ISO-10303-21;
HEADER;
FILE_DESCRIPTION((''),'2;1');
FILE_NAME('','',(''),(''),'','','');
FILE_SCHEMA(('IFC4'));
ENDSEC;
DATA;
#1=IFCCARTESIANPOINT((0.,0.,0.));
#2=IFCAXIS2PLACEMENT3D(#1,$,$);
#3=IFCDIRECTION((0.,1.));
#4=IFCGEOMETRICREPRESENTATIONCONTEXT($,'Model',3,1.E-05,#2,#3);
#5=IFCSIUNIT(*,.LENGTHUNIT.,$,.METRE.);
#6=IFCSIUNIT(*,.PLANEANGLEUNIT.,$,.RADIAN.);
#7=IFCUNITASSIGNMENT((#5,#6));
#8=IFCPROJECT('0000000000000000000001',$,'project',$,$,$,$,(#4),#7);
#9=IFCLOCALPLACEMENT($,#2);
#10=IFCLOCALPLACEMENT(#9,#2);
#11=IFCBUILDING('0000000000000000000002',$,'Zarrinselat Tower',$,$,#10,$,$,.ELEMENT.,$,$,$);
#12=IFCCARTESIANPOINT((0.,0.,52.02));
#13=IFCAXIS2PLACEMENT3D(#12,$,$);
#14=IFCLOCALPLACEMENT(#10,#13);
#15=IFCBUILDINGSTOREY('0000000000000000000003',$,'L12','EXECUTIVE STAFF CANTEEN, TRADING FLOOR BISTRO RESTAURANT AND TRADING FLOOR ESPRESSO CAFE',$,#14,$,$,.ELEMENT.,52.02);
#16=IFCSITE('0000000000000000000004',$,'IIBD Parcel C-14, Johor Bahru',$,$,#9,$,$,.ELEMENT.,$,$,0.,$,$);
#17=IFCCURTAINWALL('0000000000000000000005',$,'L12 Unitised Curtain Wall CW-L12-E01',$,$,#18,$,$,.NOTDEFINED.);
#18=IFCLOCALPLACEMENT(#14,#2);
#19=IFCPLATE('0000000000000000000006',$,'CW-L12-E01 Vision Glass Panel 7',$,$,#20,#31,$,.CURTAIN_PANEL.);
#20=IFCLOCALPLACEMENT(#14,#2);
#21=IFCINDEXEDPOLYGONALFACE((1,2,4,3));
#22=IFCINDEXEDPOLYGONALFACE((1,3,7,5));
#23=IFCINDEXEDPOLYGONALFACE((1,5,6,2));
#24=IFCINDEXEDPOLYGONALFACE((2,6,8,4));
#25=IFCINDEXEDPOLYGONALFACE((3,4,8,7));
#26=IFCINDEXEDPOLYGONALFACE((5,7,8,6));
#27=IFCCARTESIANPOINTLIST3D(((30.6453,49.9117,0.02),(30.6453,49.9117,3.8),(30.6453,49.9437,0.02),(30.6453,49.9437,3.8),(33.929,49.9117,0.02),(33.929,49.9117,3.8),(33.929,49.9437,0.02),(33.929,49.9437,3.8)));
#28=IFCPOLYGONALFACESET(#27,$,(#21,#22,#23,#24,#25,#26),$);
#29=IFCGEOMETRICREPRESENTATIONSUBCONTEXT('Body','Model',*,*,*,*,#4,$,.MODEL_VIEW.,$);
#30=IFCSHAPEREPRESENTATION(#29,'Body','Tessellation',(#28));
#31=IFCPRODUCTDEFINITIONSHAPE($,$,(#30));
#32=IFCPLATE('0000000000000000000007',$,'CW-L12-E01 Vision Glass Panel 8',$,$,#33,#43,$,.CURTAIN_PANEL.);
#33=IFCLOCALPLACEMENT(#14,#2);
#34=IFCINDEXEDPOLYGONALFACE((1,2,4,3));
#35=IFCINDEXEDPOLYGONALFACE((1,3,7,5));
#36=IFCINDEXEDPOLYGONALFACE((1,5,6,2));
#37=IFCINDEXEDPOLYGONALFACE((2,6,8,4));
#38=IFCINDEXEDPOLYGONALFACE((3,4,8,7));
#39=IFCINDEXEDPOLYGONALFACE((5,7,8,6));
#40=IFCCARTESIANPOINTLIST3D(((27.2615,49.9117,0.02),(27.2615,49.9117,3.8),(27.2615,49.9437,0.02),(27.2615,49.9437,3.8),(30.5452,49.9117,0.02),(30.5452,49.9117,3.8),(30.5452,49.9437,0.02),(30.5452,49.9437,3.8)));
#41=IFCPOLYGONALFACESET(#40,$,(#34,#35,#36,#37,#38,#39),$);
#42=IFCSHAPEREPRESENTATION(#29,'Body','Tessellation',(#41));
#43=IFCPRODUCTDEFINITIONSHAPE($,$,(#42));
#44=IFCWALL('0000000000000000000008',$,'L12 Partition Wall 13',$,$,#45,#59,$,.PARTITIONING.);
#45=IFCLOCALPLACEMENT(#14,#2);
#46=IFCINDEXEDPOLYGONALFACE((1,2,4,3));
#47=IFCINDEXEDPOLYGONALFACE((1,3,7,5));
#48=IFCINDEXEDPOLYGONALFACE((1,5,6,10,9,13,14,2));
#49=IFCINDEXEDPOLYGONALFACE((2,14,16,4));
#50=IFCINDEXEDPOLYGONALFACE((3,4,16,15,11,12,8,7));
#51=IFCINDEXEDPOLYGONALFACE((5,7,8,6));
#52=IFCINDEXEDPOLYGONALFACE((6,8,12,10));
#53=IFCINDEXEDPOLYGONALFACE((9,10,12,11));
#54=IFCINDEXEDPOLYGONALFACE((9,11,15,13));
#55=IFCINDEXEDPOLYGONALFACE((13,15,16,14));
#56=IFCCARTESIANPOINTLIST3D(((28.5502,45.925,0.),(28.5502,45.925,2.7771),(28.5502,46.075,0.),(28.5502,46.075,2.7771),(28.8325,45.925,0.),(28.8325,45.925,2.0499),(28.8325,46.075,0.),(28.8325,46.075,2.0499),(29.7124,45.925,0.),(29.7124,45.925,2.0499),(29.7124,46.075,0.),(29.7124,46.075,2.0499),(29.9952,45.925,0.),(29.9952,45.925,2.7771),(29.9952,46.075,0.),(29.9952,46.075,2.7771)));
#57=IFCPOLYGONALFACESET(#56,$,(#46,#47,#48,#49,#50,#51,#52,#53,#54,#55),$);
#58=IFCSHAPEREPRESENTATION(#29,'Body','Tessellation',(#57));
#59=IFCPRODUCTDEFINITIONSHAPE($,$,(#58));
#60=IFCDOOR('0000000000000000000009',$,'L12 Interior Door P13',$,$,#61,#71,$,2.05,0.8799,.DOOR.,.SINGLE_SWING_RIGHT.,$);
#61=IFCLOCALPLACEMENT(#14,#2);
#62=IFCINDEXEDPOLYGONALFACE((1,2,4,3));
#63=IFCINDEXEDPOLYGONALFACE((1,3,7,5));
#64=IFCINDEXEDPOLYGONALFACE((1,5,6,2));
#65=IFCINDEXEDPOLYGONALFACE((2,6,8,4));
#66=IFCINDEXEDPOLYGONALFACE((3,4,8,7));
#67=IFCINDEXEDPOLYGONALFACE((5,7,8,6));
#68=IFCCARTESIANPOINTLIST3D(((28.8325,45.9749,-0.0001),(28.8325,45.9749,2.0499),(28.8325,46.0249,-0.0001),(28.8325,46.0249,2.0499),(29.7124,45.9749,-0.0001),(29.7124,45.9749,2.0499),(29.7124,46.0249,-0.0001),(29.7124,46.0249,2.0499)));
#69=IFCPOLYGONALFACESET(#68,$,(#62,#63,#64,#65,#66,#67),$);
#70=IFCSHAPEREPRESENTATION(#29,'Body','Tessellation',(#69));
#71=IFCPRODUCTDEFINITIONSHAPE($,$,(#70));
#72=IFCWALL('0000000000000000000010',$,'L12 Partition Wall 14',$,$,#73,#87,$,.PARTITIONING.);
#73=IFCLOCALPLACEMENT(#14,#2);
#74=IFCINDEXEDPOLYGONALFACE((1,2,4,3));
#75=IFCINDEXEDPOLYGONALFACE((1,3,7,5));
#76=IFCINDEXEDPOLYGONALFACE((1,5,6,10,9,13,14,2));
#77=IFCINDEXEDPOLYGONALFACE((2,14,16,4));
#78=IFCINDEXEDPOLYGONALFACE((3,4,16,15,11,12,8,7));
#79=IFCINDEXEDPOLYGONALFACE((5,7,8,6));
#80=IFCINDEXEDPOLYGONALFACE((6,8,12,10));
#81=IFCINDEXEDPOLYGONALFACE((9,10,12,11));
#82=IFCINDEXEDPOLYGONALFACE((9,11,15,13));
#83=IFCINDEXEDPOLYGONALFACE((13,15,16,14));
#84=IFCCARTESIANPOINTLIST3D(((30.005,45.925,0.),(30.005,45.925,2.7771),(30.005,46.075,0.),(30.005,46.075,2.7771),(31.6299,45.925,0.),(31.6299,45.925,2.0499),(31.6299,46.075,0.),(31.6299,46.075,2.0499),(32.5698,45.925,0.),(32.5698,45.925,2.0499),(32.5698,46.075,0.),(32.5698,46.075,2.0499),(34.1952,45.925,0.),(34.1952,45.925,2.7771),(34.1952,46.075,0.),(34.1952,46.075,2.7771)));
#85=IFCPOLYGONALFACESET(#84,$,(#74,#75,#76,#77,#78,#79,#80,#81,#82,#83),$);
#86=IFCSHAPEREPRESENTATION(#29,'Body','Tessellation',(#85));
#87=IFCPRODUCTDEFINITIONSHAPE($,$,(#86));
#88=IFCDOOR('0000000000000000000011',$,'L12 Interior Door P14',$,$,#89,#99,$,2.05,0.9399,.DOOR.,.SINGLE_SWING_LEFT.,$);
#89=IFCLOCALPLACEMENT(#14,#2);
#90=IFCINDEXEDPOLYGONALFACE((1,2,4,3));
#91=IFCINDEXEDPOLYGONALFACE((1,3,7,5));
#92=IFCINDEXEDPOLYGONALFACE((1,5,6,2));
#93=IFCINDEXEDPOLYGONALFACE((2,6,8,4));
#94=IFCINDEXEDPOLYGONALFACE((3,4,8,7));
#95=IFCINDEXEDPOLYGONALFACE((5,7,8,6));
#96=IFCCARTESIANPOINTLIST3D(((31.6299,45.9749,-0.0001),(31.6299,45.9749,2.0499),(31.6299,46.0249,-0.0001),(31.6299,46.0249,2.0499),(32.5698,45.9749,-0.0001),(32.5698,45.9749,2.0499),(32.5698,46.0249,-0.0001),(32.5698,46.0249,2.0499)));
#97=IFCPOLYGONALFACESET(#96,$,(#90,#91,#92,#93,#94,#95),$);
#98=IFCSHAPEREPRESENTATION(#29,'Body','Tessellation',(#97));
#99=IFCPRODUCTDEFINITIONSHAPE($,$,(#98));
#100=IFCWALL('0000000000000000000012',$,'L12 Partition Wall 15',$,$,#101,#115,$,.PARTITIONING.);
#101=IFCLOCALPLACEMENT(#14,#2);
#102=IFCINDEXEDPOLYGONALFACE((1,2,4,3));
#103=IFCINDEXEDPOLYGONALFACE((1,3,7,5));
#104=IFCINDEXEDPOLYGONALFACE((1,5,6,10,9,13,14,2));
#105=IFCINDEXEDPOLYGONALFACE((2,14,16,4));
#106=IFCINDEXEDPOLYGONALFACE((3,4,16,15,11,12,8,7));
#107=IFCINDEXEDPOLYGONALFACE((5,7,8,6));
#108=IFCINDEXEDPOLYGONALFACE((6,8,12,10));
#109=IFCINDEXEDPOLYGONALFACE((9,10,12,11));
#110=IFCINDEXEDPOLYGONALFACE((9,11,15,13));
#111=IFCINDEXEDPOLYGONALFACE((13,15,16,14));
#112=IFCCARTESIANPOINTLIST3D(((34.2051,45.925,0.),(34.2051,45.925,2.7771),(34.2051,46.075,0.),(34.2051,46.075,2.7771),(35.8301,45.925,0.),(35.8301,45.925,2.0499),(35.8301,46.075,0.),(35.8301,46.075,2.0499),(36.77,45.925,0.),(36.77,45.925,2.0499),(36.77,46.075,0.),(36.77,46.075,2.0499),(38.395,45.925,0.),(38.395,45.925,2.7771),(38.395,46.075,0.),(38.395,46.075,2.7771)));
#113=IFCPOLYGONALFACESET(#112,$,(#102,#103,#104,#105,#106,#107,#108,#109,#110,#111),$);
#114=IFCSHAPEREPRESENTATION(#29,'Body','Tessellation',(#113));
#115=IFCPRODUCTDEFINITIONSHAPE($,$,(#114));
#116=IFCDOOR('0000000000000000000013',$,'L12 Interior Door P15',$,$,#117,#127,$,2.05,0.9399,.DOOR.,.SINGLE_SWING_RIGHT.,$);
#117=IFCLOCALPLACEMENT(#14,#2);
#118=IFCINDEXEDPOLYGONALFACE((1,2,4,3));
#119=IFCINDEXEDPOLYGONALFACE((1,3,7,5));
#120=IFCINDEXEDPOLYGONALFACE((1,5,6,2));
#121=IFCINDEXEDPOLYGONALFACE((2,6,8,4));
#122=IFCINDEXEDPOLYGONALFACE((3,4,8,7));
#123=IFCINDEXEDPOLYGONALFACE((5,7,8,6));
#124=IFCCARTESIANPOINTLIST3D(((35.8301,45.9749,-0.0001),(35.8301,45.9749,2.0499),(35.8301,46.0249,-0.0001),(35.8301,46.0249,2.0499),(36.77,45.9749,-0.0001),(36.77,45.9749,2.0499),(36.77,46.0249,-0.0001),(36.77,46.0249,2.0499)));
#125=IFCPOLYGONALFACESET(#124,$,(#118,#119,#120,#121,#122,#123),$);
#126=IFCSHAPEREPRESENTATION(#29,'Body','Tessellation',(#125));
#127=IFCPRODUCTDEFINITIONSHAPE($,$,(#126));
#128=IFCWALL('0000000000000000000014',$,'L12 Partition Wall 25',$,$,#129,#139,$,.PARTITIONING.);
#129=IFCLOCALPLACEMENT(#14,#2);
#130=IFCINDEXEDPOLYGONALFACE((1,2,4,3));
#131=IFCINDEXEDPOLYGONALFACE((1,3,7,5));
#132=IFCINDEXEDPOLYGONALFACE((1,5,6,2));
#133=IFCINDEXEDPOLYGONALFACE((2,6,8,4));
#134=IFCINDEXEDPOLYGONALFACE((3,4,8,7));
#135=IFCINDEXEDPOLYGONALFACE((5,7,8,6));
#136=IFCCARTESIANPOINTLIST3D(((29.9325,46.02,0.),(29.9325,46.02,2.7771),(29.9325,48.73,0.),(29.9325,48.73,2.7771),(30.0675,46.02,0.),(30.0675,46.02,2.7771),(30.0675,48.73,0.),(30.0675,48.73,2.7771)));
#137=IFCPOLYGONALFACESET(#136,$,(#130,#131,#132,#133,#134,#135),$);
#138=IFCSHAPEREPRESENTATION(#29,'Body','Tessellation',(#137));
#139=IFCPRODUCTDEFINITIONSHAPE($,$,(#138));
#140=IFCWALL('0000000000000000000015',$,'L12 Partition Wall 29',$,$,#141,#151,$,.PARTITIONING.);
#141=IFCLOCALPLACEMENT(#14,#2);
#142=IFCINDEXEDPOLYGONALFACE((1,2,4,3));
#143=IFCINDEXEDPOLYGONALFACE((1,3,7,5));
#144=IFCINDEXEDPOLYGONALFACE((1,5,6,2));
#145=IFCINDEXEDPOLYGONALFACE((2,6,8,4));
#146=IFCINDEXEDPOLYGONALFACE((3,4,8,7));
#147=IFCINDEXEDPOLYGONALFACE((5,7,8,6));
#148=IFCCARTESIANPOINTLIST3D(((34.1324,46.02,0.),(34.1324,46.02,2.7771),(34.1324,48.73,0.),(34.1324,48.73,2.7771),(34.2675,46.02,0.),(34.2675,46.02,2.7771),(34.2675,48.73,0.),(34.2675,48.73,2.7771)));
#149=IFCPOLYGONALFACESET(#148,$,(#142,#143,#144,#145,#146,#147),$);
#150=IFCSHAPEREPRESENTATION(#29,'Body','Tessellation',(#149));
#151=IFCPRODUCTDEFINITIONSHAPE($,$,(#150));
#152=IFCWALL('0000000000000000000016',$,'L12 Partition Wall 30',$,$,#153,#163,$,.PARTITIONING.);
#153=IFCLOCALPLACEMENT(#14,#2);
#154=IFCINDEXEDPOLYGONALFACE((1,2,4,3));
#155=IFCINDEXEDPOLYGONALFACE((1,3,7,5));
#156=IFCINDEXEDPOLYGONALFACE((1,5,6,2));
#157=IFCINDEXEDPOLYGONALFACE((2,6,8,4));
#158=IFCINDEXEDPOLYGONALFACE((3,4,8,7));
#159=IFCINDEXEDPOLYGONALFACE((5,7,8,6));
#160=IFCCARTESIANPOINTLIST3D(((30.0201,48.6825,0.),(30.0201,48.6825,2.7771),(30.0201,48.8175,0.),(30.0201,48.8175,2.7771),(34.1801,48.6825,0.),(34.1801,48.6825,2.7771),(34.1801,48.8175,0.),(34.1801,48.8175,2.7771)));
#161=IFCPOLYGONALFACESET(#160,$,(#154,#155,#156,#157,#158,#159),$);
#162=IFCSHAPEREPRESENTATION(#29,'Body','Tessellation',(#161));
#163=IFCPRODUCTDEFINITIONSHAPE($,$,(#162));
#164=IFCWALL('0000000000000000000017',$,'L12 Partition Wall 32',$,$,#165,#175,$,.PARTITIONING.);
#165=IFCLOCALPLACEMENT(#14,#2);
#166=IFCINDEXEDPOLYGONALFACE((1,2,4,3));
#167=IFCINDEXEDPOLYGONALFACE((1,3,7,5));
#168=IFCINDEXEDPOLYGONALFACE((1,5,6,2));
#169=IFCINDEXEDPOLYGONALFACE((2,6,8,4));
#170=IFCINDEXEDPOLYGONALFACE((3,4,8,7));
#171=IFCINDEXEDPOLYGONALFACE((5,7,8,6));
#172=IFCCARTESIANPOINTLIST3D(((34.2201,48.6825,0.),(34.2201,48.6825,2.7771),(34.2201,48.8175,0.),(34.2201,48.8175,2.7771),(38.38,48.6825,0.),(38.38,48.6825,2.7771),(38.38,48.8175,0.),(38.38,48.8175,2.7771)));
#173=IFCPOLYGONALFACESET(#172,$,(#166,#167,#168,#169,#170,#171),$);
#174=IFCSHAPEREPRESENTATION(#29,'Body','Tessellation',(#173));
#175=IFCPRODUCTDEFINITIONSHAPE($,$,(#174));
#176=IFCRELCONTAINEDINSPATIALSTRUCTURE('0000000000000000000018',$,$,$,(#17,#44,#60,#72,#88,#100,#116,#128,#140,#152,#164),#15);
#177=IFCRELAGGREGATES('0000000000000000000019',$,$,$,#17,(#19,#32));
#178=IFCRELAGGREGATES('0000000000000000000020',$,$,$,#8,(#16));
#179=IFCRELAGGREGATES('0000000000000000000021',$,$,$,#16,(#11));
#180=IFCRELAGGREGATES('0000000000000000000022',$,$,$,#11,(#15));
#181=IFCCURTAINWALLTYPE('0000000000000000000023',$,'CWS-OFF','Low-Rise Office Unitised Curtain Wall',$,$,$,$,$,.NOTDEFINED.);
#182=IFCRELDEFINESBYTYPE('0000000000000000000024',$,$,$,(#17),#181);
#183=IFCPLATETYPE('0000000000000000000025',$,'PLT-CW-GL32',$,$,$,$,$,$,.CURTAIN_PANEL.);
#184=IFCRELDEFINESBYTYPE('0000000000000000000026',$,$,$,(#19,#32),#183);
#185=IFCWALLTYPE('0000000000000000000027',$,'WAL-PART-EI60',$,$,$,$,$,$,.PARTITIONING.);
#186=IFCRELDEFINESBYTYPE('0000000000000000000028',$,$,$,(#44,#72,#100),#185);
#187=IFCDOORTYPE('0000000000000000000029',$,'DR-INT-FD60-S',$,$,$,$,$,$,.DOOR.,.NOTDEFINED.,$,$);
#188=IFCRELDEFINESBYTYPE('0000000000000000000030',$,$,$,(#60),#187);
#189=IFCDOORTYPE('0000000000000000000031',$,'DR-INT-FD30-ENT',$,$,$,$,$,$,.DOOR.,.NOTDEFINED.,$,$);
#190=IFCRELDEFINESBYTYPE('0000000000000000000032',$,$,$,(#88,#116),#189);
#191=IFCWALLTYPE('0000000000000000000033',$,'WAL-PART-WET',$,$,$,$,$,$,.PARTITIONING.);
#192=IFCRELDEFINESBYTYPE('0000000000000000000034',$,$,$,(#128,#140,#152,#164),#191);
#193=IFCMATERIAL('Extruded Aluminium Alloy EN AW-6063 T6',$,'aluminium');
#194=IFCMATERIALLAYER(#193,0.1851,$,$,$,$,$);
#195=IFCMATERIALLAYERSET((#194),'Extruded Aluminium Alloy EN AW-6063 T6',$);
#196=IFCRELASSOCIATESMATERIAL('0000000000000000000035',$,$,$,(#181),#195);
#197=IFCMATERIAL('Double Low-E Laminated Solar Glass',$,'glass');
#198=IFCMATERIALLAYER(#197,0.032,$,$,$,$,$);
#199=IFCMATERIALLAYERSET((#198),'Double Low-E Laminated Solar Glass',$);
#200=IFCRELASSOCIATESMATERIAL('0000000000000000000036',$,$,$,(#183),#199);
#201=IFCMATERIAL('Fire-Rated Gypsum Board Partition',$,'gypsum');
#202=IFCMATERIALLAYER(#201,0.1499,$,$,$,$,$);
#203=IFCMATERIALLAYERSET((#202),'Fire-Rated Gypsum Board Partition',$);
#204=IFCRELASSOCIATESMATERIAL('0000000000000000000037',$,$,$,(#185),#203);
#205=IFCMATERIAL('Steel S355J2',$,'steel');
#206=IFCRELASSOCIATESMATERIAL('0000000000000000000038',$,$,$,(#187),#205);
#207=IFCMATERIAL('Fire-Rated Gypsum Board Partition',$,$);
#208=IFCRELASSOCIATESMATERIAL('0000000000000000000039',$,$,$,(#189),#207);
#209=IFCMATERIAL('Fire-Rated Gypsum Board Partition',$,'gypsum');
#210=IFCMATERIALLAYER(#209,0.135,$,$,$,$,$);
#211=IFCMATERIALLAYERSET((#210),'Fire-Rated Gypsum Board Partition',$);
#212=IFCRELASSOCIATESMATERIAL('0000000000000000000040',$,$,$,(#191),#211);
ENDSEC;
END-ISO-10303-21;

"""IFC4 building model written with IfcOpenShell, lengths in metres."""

from ifc_helpers import new_model, si_unit, direction, frame, frame_2d, origin, origin_2d, place, context, subcontext, project, spatial, rectangle, extrude, material, layer, layer_set, type_object, element, fill, aggregate, save


model = new_model("IFC4")

# Units and contexts
model_context = context("Model", 3, precision=1e-05, world=origin(), true_north=direction((0.0, 1.0)))
body_context = subcontext(model_context, "Body", "Model", "MODEL_VIEW")
ifc_project = project(units=[si_unit("LENGTHUNIT", "METRE"), si_unit("PLANEANGLEUNIT", "RADIAN")], contexts=[model_context])

# Site, building, storey
site_placement = place(None, origin())
site = spatial("IfcSite", under=ifc_project, at=site_placement, Name="IIBD Parcel C-14, Johor Bahru", CompositionType="ELEMENT", RefElevation=0.0)
building_placement = place(site_placement, origin())
building = spatial("IfcBuilding", under=site, at=building_placement, Name="Zarrinselat Tower", CompositionType="ELEMENT")
storey_placement = place(building_placement, frame((0.0, 0.0, 52.02)))
storey = spatial("IfcBuildingStorey", under=building, at=storey_placement, Name="L12", Description="EXECUTIVE STAFF CANTEEN, TRADING FLOOR BISTRO RESTAURANT AND TRADING FLOOR ESPRESSO CAFE", CompositionType="ELEMENT", Elevation=52.02)

# Curtain wall, plates
ifc_material_1 = material(Name="Extruded Aluminium Alloy EN AW-6063 T6", Category="aluminium")
ifc_layer_1 = layer(ifc_material_1, 0.1851)
ifc_layer_set_1 = layer_set([ifc_layer_1], Name="Extruded Aluminium Alloy EN AW-6063 T6")
curtain_wall_type = type_object("IfcCurtainWallType", Name="CWS-OFF", Description="Low-Rise Office Unitised Curtain Wall", PredefinedType="NOTDEFINED", material=ifc_layer_set_1)
curtain_wall_placement = place(storey_placement, origin())
curtain_wall = element("IfcCurtainWall", 1, at=curtain_wall_placement, inside=storey, type_object=curtain_wall_type, Name="L12 Unitised Curtain Wall CW-L12-E01", PredefinedType="NOTDEFINED")
ifc_material_2 = material(Name="Double Low-E Laminated Solar Glass", Category="glass")
ifc_layer_2 = layer(ifc_material_2, 0.032)
ifc_layer_set_2 = layer_set([ifc_layer_2], Name="Double Low-E Laminated Solar Glass")
plate_type = type_object("IfcPlateType", Name="PLT-CW-GL32", PredefinedType="CURTAIN_PANEL", material=ifc_layer_set_2)
plate_1_placement = place(storey_placement, frame((32.2871, 49.9277, 0.02), z_axis=(0.0, 0.0, 1.0), x_axis=(-1.0, 0.0, 0.0)))
plate_1 = element("IfcPlate", 2, at=plate_1_placement, type_object=plate_type, Name="CW-L12-E01 Vision Glass Panel 7", PredefinedType="CURTAIN_PANEL", context=body_context, shape_type="SweptSolid", body=[
    extrude(rectangle(XDim=3.2837, YDim=0.032, at=origin_2d()), origin(), (0.0, 0.0, 1.0), 3.78),
])
plate_2_placement = place(storey_placement, frame((28.9033, 49.9277, 0.02), z_axis=(0.0, 0.0, 1.0), x_axis=(-1.0, 0.0, 0.0)))
plate_2 = element("IfcPlate", 3, at=plate_2_placement, type_object=plate_type, Name="CW-L12-E01 Vision Glass Panel 8", PredefinedType="CURTAIN_PANEL", context=body_context, shape_type="SweptSolid", body=[
    extrude(rectangle(XDim=3.2837, YDim=0.032, at=origin_2d()), origin(), (0.0, 0.0, 1.0), 3.78),
])
aggregate(curtain_wall, [plate_1, plate_2])

# Walls, openings, doors
ifc_material_3 = material(Name="Fire-Rated Gypsum Board Partition", Category="gypsum")
ifc_layer_3 = layer(ifc_material_3, 0.1499)
ifc_layer_set_3 = layer_set([ifc_layer_3], Name="Fire-Rated Gypsum Board Partition")
wall_type_1 = type_object("IfcWallType", Name="WAL-PART-EI60", PredefinedType="PARTITIONING", material=ifc_layer_set_3)
wall_1_placement = place(storey_placement, frame((28.55, 46.0, 0.0), z_axis=(0.0, 0.0, 1.0), x_axis=(1.0, 0.0, 0.0)))
wall_1 = element("IfcWall", 4, at=wall_1_placement, inside=storey, type_object=wall_type_1, Name="L12 Partition Wall 13", PredefinedType="PARTITIONING", context=body_context, shape_type="SweptSolid", body=[
    extrude(rectangle(XDim=1.4451, YDim=0.1499, at=frame_2d((0.7227, 0.0))), origin(), (0.0, 0.0, 1.0), 2.7771),
])
opening_1_placement = place(wall_1_placement, frame((0.2825, 0.0, 0.0)))
opening_1 = element("IfcOpeningElement", 5, at=opening_1_placement, cuts=wall_1, PredefinedType="OPENING", context=body_context, shape_type="SweptSolid", body=[
    extrude(rectangle(XDim=0.8799, YDim=2.05, at=frame_2d((0.4399, 1.0249))), frame((0.0, 0.085, 0.0), z_axis=(0.0, -1.0, 0.0), x_axis=(1.0, 0.0, 0.0)), (0.0, 0.0, 1.0), 0.1699),
])
ifc_material_4 = material(Name="Steel S355J2", Category="steel")
door_type_1 = type_object("IfcDoorType", Name="DR-INT-FD60-S", OperationType="NOTDEFINED", PredefinedType="DOOR", material=ifc_material_4)
door_1_placement = place(opening_1_placement, origin())
door_1 = element("IfcDoor", 6, at=door_1_placement, inside=storey, type_object=door_type_1, Name="L12 Interior Door P13", OperationType="SINGLE_SWING_RIGHT", OverallHeight=2.05, OverallWidth=0.8799, PredefinedType="DOOR", context=body_context, shape_type="SweptSolid", body=[
    extrude(rectangle(XDim=0.8799, YDim=2.05, at=frame_2d((0.4399, 1.0249))), frame((0.0, 0.0249, 0.0), z_axis=(0.0, -1.0, 0.0), x_axis=(1.0, 0.0, 0.0)), (0.0, 0.0, 1.0), 0.05),
])
fill(opening_1, door_1)
wall_2_placement = place(storey_placement, frame((30.0049, 46.0, 0.0), z_axis=(0.0, 0.0, 1.0), x_axis=(1.0, 0.0, 0.0)))
wall_2 = element("IfcWall", 7, at=wall_2_placement, inside=storey, type_object=wall_type_1, Name="L12 Partition Wall 14", PredefinedType="PARTITIONING", context=body_context, shape_type="SweptSolid", body=[
    extrude(rectangle(XDim=4.1902, YDim=0.1499, at=frame_2d((2.0952, 0.0))), origin(), (0.0, 0.0, 1.0), 2.7771),
])
opening_2_placement = place(wall_2_placement, frame((1.625, 0.0, 0.0)))
opening_2 = element("IfcOpeningElement", 8, at=opening_2_placement, cuts=wall_2, PredefinedType="OPENING", context=body_context, shape_type="SweptSolid", body=[
    extrude(rectangle(XDim=0.9399, YDim=2.05, at=frame_2d((0.47, 1.0249))), frame((0.0, 0.085, 0.0), z_axis=(0.0, -1.0, 0.0), x_axis=(1.0, 0.0, 0.0)), (0.0, 0.0, 1.0), 0.1699),
])
ifc_material_5 = material(Name="Fire-Rated Gypsum Board Partition")
door_type_2 = type_object("IfcDoorType", Name="DR-INT-FD30-ENT", OperationType="NOTDEFINED", PredefinedType="DOOR", material=ifc_material_5)
door_2_placement = place(opening_2_placement, origin())
door_2 = element("IfcDoor", 9, at=door_2_placement, inside=storey, type_object=door_type_2, Name="L12 Interior Door P14", OperationType="SINGLE_SWING_LEFT", OverallHeight=2.05, OverallWidth=0.9399, PredefinedType="DOOR", context=body_context, shape_type="SweptSolid", body=[
    extrude(rectangle(XDim=0.9399, YDim=2.05, at=frame_2d((0.47, 1.0249))), frame((0.0, 0.0249, 0.0), z_axis=(0.0, -1.0, 0.0), x_axis=(1.0, 0.0, 0.0)), (0.0, 0.0, 1.0), 0.05),
])
fill(opening_2, door_2)
wall_3_placement = place(storey_placement, frame((34.2051, 46.0, 0.0), z_axis=(0.0, 0.0, 1.0), x_axis=(1.0, 0.0, 0.0)))
wall_3 = element("IfcWall", 10, at=wall_3_placement, inside=storey, type_object=wall_type_1, Name="L12 Partition Wall 15", PredefinedType="PARTITIONING", context=body_context, shape_type="SweptSolid", body=[
    extrude(rectangle(XDim=4.1899, YDim=0.1499, at=frame_2d((2.095, 0.0))), origin(), (0.0, 0.0, 1.0), 2.7771),
])
opening_3_placement = place(wall_3_placement, frame((1.625, 0.0, 0.0)))
opening_3 = element("IfcOpeningElement", 11, at=opening_3_placement, cuts=wall_3, PredefinedType="OPENING", context=body_context, shape_type="SweptSolid", body=[
    extrude(rectangle(XDim=0.9399, YDim=2.05, at=frame_2d((0.47, 1.0249))), frame((0.0, 0.085, 0.0), z_axis=(0.0, -1.0, 0.0), x_axis=(1.0, 0.0, 0.0)), (0.0, 0.0, 1.0), 0.1699),
])
door_3_placement = place(opening_3_placement, origin())
door_3 = element("IfcDoor", 12, at=door_3_placement, inside=storey, type_object=door_type_2, Name="L12 Interior Door P15", OperationType="SINGLE_SWING_RIGHT", OverallHeight=2.05, OverallWidth=0.9399, PredefinedType="DOOR", context=body_context, shape_type="SweptSolid", body=[
    extrude(rectangle(XDim=0.9399, YDim=2.05, at=frame_2d((0.47, 1.0249))), frame((0.0, 0.0249, 0.0), z_axis=(0.0, -1.0, 0.0), x_axis=(1.0, 0.0, 0.0)), (0.0, 0.0, 1.0), 0.05),
])
fill(opening_3, door_3)

# Walls
ifc_material_6 = material(Name="Fire-Rated Gypsum Board Partition", Category="gypsum")
ifc_layer_4 = layer(ifc_material_6, 0.135)
ifc_layer_set_4 = layer_set([ifc_layer_4], Name="Fire-Rated Gypsum Board Partition")
wall_type_2 = type_object("IfcWallType", Name="WAL-PART-WET", PredefinedType="PARTITIONING", material=ifc_layer_set_4)
for number, where, z_axis, x_axis, name in (
    (13, (30.0, 46.02, 0.0), (0.0, 0.0, 1.0), (0.0, 1.0, 0.0), "L12 Partition Wall 25"),
    (14, (34.2, 46.02, 0.0), (0.0, 0.0, 1.0), (0.0, 1.0, 0.0), "L12 Partition Wall 29"),
):
    element("IfcWall", number, at=place(storey_placement, frame(where, z_axis=z_axis, x_axis=x_axis)), inside=storey, type_object=wall_type_2, Name=name, PredefinedType="PARTITIONING", context=body_context, shape_type="SweptSolid", body=[
        extrude(rectangle(XDim=2.71, YDim=0.135, at=frame_2d((1.355, 0.0))), origin(), (0.0, 0.0, 1.0), 2.7771),
    ])
for number, where, z_axis, x_axis, name in (
    (15, (30.02, 48.75, 0.0), (0.0, 0.0, 1.0), (1.0, 0.0, 0.0), "L12 Partition Wall 30"),
    (16, (34.22, 48.75, 0.0), (0.0, 0.0, 1.0), (1.0, 0.0, 0.0), "L12 Partition Wall 32"),
):
    element("IfcWall", number, at=place(storey_placement, frame(where, z_axis=z_axis, x_axis=x_axis)), inside=storey, type_object=wall_type_2, Name=name, PredefinedType="PARTITIONING", context=body_context, shape_type="SweptSolid", body=[
        extrude(rectangle(XDim=4.1599, YDim=0.135, at=frame_2d((2.0801, 0.0))), origin(), (0.0, 0.0, 1.0), 2.7771),
    ])

save(model, "model.ifc")
